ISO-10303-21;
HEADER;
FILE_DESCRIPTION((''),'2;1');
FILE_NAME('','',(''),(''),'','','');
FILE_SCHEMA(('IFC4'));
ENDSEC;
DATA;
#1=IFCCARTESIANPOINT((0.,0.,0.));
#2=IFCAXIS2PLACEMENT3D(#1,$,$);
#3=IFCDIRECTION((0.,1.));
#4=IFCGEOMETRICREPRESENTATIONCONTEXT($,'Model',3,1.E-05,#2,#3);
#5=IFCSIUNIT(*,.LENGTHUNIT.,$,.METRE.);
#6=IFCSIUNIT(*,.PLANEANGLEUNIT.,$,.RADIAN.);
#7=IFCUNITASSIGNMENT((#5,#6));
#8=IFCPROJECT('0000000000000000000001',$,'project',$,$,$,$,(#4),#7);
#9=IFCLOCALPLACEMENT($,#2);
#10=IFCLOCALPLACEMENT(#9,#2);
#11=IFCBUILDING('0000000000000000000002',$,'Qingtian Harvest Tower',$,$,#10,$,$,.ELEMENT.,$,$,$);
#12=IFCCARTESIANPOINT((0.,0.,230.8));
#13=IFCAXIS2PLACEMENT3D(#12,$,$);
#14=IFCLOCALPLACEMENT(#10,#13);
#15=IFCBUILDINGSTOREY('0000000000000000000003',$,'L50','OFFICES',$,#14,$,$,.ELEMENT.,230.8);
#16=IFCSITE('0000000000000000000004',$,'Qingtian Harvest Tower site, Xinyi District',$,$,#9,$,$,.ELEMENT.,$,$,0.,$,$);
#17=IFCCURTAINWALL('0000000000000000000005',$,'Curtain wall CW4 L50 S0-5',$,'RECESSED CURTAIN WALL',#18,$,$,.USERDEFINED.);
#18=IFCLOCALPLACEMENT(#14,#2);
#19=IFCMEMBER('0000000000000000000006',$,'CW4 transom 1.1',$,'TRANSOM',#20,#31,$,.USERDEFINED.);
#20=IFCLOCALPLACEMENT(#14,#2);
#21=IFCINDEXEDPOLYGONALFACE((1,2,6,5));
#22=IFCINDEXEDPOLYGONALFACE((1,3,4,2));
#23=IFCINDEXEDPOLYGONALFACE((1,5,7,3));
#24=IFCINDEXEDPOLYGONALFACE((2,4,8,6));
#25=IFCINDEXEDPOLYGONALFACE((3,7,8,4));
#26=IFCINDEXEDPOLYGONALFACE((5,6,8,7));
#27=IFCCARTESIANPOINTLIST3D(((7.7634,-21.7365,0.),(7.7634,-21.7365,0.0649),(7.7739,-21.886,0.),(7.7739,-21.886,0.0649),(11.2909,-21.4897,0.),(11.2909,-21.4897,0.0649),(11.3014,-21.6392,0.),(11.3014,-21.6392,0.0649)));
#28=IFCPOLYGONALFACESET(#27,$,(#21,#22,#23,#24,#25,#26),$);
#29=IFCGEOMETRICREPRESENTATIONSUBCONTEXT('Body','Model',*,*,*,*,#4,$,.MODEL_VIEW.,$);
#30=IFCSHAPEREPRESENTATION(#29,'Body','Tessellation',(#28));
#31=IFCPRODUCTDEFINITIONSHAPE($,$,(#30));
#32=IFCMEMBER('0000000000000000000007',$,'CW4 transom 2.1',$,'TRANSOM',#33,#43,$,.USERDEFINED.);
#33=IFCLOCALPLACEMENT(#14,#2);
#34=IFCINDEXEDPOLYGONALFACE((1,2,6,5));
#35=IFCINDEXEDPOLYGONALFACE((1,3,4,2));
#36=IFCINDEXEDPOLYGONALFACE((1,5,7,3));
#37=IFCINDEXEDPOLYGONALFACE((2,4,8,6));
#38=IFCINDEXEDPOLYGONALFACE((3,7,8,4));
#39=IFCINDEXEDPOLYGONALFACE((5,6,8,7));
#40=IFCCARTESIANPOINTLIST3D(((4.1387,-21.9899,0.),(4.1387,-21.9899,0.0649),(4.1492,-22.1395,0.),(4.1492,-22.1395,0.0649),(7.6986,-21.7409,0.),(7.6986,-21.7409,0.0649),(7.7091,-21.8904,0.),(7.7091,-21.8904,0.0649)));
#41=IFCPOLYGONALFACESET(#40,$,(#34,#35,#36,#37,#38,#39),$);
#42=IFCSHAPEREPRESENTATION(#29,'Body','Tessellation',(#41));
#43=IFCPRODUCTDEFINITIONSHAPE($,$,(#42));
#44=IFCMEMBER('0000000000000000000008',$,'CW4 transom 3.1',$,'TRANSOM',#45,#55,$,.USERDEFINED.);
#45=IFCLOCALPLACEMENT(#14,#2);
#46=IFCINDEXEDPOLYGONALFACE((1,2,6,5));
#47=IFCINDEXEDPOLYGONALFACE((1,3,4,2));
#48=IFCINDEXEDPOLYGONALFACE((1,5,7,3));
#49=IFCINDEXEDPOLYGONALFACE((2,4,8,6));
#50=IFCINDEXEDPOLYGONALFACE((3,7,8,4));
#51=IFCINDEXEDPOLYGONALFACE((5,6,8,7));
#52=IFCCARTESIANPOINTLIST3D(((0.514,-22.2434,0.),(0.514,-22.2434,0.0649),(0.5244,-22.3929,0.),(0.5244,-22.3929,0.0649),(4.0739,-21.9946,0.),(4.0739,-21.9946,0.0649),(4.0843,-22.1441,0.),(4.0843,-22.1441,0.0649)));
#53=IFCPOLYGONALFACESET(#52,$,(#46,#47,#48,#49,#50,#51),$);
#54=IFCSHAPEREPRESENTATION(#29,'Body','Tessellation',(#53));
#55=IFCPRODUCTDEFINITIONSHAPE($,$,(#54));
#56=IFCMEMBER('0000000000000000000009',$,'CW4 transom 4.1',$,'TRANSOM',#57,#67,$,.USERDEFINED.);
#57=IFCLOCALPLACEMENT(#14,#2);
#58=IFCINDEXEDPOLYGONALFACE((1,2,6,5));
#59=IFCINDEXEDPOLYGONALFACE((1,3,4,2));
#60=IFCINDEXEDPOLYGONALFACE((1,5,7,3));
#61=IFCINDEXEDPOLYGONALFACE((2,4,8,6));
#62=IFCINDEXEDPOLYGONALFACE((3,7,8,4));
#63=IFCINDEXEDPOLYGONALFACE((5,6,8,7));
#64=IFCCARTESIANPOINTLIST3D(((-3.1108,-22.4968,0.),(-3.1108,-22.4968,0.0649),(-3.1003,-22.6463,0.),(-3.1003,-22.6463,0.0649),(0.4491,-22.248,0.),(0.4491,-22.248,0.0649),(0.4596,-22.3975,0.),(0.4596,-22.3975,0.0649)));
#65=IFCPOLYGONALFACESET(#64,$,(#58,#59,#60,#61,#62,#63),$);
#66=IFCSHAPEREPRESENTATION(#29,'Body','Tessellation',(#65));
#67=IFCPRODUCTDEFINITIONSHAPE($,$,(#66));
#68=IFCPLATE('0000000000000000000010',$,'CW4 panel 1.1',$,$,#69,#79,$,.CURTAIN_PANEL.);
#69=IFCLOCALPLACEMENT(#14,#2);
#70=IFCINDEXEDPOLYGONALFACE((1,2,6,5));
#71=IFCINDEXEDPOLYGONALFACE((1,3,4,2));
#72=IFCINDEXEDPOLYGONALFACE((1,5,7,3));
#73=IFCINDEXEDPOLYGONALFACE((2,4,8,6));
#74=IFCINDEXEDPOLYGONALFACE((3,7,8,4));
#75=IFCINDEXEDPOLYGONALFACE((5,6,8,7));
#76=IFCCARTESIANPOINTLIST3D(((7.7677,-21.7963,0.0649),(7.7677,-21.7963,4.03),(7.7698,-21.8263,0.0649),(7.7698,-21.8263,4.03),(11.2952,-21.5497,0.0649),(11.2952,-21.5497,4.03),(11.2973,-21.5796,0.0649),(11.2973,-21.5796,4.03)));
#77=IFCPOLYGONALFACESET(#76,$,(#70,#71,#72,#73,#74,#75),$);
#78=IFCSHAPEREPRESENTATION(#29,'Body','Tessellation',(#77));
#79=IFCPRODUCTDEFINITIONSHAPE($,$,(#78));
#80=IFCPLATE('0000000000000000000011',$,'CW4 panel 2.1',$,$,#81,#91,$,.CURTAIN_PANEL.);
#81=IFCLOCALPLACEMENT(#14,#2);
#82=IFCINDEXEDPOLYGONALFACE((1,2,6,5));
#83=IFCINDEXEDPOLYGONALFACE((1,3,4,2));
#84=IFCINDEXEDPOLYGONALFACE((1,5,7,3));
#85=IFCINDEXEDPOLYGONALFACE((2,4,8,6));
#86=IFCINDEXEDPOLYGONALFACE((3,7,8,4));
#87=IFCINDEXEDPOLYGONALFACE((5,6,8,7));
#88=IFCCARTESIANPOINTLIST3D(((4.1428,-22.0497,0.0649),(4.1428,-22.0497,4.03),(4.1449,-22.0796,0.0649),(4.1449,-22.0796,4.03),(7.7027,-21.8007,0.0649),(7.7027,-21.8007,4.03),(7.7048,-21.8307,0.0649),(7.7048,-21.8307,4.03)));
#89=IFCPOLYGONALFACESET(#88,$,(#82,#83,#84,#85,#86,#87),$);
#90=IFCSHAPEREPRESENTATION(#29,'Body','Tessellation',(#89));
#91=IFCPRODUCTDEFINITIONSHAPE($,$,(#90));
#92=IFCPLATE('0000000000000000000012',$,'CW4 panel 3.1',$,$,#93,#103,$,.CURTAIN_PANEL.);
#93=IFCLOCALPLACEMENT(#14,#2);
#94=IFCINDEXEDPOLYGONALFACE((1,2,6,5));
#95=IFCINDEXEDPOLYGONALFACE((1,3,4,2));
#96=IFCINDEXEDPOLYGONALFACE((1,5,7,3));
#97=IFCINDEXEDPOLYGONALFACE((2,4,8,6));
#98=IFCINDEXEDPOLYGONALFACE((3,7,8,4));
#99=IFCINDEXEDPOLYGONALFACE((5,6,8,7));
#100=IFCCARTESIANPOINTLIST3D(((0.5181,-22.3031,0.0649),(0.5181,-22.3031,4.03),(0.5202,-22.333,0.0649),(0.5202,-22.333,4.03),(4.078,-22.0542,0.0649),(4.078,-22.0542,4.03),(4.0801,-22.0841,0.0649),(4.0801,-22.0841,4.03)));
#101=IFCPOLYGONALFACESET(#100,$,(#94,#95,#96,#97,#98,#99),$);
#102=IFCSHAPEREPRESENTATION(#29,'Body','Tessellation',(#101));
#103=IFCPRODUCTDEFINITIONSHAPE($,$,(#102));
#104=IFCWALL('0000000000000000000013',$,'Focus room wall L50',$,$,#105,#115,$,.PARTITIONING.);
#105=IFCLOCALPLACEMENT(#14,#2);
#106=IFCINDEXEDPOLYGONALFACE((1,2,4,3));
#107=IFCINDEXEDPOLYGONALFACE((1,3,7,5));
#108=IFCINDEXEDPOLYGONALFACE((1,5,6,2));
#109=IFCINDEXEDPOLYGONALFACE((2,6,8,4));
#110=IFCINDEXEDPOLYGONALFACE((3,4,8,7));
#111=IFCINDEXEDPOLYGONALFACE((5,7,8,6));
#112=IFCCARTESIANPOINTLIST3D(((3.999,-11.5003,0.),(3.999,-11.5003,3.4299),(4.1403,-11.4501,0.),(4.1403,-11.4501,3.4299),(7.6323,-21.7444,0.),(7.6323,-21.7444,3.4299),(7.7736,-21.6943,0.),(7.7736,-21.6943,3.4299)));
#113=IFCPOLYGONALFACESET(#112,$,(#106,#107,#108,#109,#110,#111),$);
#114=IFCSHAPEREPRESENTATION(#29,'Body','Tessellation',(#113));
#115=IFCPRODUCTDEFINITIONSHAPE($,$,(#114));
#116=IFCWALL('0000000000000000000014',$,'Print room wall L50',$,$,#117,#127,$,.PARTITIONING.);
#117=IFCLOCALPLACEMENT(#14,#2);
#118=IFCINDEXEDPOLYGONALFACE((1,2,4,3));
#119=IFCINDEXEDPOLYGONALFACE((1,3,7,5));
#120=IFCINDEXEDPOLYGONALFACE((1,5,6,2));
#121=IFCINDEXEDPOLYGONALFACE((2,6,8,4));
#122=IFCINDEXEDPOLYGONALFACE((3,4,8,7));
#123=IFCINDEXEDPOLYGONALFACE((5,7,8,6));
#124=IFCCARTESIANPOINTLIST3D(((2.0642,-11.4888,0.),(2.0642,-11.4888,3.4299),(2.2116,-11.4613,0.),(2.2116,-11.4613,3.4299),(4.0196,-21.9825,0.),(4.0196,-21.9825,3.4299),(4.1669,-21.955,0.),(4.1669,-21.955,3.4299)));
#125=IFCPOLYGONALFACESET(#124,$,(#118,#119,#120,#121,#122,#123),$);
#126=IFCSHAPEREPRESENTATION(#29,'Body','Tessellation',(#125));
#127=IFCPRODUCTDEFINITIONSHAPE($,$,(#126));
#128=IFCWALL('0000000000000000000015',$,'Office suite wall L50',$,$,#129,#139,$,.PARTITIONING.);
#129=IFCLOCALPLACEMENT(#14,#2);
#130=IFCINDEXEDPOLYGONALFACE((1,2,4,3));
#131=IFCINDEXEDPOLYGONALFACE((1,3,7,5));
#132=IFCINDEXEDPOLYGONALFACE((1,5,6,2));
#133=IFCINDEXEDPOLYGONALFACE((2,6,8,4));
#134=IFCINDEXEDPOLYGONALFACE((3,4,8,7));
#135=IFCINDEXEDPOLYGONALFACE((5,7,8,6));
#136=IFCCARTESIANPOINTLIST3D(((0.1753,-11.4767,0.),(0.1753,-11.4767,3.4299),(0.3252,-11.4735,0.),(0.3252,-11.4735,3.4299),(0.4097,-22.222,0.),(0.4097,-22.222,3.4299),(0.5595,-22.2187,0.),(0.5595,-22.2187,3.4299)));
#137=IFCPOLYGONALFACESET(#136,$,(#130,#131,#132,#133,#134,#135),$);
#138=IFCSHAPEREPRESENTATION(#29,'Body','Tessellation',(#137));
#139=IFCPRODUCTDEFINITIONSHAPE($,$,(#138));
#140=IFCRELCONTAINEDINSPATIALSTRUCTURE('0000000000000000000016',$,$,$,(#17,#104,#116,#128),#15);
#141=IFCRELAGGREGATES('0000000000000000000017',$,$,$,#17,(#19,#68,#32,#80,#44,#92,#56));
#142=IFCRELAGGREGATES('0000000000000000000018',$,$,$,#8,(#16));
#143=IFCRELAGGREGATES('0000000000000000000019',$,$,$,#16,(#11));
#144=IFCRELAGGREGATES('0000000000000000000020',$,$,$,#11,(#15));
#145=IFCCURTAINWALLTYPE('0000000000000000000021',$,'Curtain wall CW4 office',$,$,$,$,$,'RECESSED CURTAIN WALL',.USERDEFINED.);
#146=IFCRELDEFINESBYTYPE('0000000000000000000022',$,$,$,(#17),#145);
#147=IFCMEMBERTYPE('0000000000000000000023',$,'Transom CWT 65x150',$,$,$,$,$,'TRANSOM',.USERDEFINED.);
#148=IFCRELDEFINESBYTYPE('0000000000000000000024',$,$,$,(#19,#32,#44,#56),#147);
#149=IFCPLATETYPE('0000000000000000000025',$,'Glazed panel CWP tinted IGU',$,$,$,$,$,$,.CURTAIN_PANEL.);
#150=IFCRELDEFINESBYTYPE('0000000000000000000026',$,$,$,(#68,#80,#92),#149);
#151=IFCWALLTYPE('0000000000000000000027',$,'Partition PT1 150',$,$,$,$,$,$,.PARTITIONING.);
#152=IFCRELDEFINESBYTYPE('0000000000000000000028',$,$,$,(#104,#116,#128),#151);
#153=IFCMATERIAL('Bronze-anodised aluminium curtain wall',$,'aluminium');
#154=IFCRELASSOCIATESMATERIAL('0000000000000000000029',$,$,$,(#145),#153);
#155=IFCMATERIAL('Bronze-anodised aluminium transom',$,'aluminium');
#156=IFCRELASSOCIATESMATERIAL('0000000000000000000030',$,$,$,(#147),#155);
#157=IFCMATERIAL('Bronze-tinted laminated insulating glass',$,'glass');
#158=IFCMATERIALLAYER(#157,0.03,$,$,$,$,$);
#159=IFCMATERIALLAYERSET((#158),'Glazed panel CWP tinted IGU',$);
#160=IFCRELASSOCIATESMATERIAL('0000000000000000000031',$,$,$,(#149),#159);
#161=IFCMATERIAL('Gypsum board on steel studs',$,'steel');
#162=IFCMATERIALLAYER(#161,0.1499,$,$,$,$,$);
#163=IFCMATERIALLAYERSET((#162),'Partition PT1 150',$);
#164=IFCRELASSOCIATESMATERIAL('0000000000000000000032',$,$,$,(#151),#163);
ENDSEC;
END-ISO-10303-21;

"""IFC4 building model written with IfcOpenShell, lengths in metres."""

from ifc_helpers import new_model, si_unit, direction, frame, frame_2d, origin, origin_2d, place, context, subcontext, project, spatial, rectangle, extrude, material, layer, layer_set, material_profile, profile_set, type_object, element, aggregate, save


model = new_model("IFC4")

# Units and contexts
model_context = context("Model", 3, precision=1e-05, world=origin(), true_north=direction((0.0, 1.0)))
body_context = subcontext(model_context, "Body", "Model", "MODEL_VIEW")
ifc_project = project(units=[si_unit("LENGTHUNIT", "METRE"), si_unit("PLANEANGLEUNIT", "RADIAN")], contexts=[model_context])

# Site, building, storey
site_placement = place(None, origin())
site = spatial("IfcSite", under=ifc_project, at=site_placement, Name="Qingtian Harvest Tower site, Xinyi District", CompositionType="ELEMENT", RefElevation=0.0)
building_placement = place(site_placement, origin())
building = spatial("IfcBuilding", under=site, at=building_placement, Name="Qingtian Harvest Tower", CompositionType="ELEMENT")
storey_placement = place(building_placement, frame((0.0, 0.0, 230.8)))
storey = spatial("IfcBuildingStorey", under=building, at=storey_placement, Name="L50", Description="OFFICES", CompositionType="ELEMENT", Elevation=230.8)

# Curtain wall
ifc_material_1 = material(Name="Bronze-anodised aluminium curtain wall", Category="aluminium")
curtain_wall_type = type_object("IfcCurtainWallType", Name="Curtain wall CW4 office", ElementType="RECESSED CURTAIN WALL", PredefinedType="USERDEFINED", material=ifc_material_1)
curtain_wall_placement = place(storey_placement, origin())
curtain_wall = element("IfcCurtainWall", 1, at=curtain_wall_placement, inside=storey, type_object=curtain_wall_type, Name="Curtain wall CW4 L50 S0-5", ObjectType="RECESSED CURTAIN WALL", PredefinedType="USERDEFINED")

# Members
ifc_material_2 = material(Name="Bronze-anodised aluminium transom", Category="aluminium")
ifc_material_profile_1 = material_profile(ifc_material_2, rectangle(XDim=0.1499, YDim=0.0649, at=origin_2d()), Name="AL 65x150")
ifc_profile_set_1 = profile_set([ifc_material_profile_1], Name="Bronze-anodised aluminium transom")
member_type_1 = type_object("IfcMemberType", Name="Transom CWT 65x150", ElementType="TRANSOM", PredefinedType="USERDEFINED", material=ifc_profile_set_1)
member_1_placement = place(storey_placement, frame((11.2961, -21.5645, 0.0325), z_axis=(-0.997561, -0.0698, 0.0), x_axis=(0.0698, -0.997561, 0.0)))
member_1 = element("IfcMember", 2, at=member_1_placement, type_object=member_type_1, Name="CW4 transom 1.1", ObjectType="TRANSOM", PredefinedType="USERDEFINED", context=body_context, shape_type="SweptSolid", body=[
    extrude(rectangle(XDim=0.1499, YDim=0.0649, at=origin_2d()), origin(), (0.0, 0.0, 1.0), 3.5361),
])
member_2_placement = place(storey_placement, frame((7.7039, -21.8157, 0.0325), z_axis=(-0.997562, -0.069784, 0.0), x_axis=(0.069784, -0.997562, 0.0)))
member_2 = element("IfcMember", 3, at=member_2_placement, type_object=member_type_1, Name="CW4 transom 2.1", ObjectType="TRANSOM", PredefinedType="USERDEFINED", context=body_context, shape_type="SweptSolid", body=[
    extrude(rectangle(XDim=0.1499, YDim=0.0649, at=origin_2d()), origin(), (0.0, 0.0, 1.0), 3.5686),
])
member_3_placement = place(storey_placement, frame((4.0791, -22.0693, 0.0325), z_axis=(-0.997567, -0.069715, 0.0), x_axis=(0.069715, -0.997567, 0.0)))
member_3 = element("IfcMember", 4, at=member_3_placement, type_object=member_type_1, Name="CW4 transom 3.1", ObjectType="TRANSOM", PredefinedType="USERDEFINED", context=body_context, shape_type="SweptSolid", body=[
    extrude(rectangle(XDim=0.1499, YDim=0.0649, at=origin_2d()), origin(), (0.0, 0.0, 1.0), 3.5686),
])
member_4_placement = place(storey_placement, frame((0.4543, -22.3228, 0.0325), z_axis=(-0.997567, -0.069715, 0.0), x_axis=(0.069715, -0.997567, 0.0)))
member_4 = element("IfcMember", 5, at=member_4_placement, type_object=member_type_1, Name="CW4 transom 4.1", ObjectType="TRANSOM", PredefinedType="USERDEFINED", context=body_context, shape_type="SweptSolid", body=[
    extrude(rectangle(XDim=0.1499, YDim=0.0649, at=origin_2d()), origin(), (0.0, 0.0, 1.0), 3.5686),
])

# Plates
ifc_material_3 = material(Name="Bronze-tinted laminated insulating glass", Category="glass")
ifc_layer_1 = layer(ifc_material_3, 0.03)
ifc_layer_set_1 = layer_set([ifc_layer_1], Name="Glazed panel CWP tinted IGU")
plate_type = type_object("IfcPlateType", Name="Glazed panel CWP tinted IGU", PredefinedType="CURTAIN_PANEL", material=ifc_layer_set_1)
plate_1_placement = place(storey_placement, frame((9.5325, -21.688, 0.0649), z_axis=(0.0, 0.0, 1.0), x_axis=(-0.997564, -0.069756, 0.0)))
plate_1 = element("IfcPlate", 6, at=plate_1_placement, type_object=plate_type, Name="CW4 panel 1.1", PredefinedType="CURTAIN_PANEL", context=body_context, shape_type="SweptSolid", body=[
    extrude(rectangle(XDim=3.5361, YDim=0.03, at=origin_2d()), origin(), (0.0, 0.0, 1.0), 3.9651),
])
plate_2_placement = place(storey_placement, frame((5.9238, -21.9402, 0.0649), z_axis=(0.0, 0.0, 1.0), x_axis=(-0.997564, -0.069756, 0.0)))
plate_2 = element("IfcPlate", 7, at=plate_2_placement, type_object=plate_type, Name="CW4 panel 2.1", PredefinedType="CURTAIN_PANEL", context=body_context, shape_type="SweptSolid", body=[
    extrude(rectangle(XDim=3.5686, YDim=0.03, at=origin_2d()), origin(), (0.0, 0.0, 1.0), 3.9651),
])
plate_3_placement = place(storey_placement, frame((2.2991, -22.1936, 0.0649), z_axis=(0.0, 0.0, 1.0), x_axis=(-0.997564, -0.069756, 0.0)))
plate_3 = element("IfcPlate", 8, at=plate_3_placement, type_object=plate_type, Name="CW4 panel 3.1", PredefinedType="CURTAIN_PANEL", context=body_context, shape_type="SweptSolid", body=[
    extrude(rectangle(XDim=3.5686, YDim=0.03, at=origin_2d()), origin(), (0.0, 0.0, 1.0), 3.9651),
])
aggregate(curtain_wall, [member_1, plate_1, member_2, plate_2, member_3, plate_3, member_4])

# Walls
ifc_material_4 = material(Name="Gypsum board on steel studs", Category="steel")
ifc_layer_2 = layer(ifc_material_4, 0.1499)
ifc_layer_set_2 = layer_set([ifc_layer_2], Name="Partition PT1 150")
wall_type = type_object("IfcWallType", Name="Partition PT1 150", PredefinedType="PARTITIONING", material=ifc_layer_set_2)
wall_1_placement = place(storey_placement, frame((7.7029, -21.7192, 0.0), z_axis=(0.0, 0.0, 1.0), x_axis=(-0.33427, 0.942478, 0.0)))
element("IfcWall", 9, at=wall_1_placement, inside=storey, type_object=wall_type, Name="Focus room wall L50", PredefinedType="PARTITIONING", context=body_context, shape_type="SweptSolid", body=[
    extrude(rectangle(XDim=10.8694, YDim=0.1499, at=frame_2d((5.4346, 0.0))), origin(), (0.0, 0.0, 1.0), 3.4299),
])
wall_2_placement = place(storey_placement, frame((4.0933, -21.9688, 0.0), z_axis=(0.0, 0.0, 1.0), x_axis=(-0.183181, 0.983079, 0.0)))
element("IfcWall", 10, at=wall_2_placement, inside=storey, type_object=wall_type, Name="Print room wall L50", PredefinedType="PARTITIONING", context=body_context, shape_type="SweptSolid", body=[
    extrude(rectangle(XDim=10.6743, YDim=0.1499, at=frame_2d((5.3372, 0.0))), origin(), (0.0, 0.0, 1.0), 3.4299),
])
wall_3_placement = place(storey_placement, frame((0.4846, -22.2205, 0.0), z_axis=(0.0, 0.0, 1.0), x_axis=(-0.021807, 0.999762, 0.0)))
element("IfcWall", 11, at=wall_3_placement, inside=storey, type_object=wall_type, Name="Office suite wall L50", PredefinedType="PARTITIONING", context=body_context, shape_type="SweptSolid", body=[
    extrude(rectangle(XDim=10.7478, YDim=0.1499, at=frame_2d((5.374, 0.0))), origin(), (0.0, 0.0, 1.0), 3.4299),
])

save(model, "model.ifc")
